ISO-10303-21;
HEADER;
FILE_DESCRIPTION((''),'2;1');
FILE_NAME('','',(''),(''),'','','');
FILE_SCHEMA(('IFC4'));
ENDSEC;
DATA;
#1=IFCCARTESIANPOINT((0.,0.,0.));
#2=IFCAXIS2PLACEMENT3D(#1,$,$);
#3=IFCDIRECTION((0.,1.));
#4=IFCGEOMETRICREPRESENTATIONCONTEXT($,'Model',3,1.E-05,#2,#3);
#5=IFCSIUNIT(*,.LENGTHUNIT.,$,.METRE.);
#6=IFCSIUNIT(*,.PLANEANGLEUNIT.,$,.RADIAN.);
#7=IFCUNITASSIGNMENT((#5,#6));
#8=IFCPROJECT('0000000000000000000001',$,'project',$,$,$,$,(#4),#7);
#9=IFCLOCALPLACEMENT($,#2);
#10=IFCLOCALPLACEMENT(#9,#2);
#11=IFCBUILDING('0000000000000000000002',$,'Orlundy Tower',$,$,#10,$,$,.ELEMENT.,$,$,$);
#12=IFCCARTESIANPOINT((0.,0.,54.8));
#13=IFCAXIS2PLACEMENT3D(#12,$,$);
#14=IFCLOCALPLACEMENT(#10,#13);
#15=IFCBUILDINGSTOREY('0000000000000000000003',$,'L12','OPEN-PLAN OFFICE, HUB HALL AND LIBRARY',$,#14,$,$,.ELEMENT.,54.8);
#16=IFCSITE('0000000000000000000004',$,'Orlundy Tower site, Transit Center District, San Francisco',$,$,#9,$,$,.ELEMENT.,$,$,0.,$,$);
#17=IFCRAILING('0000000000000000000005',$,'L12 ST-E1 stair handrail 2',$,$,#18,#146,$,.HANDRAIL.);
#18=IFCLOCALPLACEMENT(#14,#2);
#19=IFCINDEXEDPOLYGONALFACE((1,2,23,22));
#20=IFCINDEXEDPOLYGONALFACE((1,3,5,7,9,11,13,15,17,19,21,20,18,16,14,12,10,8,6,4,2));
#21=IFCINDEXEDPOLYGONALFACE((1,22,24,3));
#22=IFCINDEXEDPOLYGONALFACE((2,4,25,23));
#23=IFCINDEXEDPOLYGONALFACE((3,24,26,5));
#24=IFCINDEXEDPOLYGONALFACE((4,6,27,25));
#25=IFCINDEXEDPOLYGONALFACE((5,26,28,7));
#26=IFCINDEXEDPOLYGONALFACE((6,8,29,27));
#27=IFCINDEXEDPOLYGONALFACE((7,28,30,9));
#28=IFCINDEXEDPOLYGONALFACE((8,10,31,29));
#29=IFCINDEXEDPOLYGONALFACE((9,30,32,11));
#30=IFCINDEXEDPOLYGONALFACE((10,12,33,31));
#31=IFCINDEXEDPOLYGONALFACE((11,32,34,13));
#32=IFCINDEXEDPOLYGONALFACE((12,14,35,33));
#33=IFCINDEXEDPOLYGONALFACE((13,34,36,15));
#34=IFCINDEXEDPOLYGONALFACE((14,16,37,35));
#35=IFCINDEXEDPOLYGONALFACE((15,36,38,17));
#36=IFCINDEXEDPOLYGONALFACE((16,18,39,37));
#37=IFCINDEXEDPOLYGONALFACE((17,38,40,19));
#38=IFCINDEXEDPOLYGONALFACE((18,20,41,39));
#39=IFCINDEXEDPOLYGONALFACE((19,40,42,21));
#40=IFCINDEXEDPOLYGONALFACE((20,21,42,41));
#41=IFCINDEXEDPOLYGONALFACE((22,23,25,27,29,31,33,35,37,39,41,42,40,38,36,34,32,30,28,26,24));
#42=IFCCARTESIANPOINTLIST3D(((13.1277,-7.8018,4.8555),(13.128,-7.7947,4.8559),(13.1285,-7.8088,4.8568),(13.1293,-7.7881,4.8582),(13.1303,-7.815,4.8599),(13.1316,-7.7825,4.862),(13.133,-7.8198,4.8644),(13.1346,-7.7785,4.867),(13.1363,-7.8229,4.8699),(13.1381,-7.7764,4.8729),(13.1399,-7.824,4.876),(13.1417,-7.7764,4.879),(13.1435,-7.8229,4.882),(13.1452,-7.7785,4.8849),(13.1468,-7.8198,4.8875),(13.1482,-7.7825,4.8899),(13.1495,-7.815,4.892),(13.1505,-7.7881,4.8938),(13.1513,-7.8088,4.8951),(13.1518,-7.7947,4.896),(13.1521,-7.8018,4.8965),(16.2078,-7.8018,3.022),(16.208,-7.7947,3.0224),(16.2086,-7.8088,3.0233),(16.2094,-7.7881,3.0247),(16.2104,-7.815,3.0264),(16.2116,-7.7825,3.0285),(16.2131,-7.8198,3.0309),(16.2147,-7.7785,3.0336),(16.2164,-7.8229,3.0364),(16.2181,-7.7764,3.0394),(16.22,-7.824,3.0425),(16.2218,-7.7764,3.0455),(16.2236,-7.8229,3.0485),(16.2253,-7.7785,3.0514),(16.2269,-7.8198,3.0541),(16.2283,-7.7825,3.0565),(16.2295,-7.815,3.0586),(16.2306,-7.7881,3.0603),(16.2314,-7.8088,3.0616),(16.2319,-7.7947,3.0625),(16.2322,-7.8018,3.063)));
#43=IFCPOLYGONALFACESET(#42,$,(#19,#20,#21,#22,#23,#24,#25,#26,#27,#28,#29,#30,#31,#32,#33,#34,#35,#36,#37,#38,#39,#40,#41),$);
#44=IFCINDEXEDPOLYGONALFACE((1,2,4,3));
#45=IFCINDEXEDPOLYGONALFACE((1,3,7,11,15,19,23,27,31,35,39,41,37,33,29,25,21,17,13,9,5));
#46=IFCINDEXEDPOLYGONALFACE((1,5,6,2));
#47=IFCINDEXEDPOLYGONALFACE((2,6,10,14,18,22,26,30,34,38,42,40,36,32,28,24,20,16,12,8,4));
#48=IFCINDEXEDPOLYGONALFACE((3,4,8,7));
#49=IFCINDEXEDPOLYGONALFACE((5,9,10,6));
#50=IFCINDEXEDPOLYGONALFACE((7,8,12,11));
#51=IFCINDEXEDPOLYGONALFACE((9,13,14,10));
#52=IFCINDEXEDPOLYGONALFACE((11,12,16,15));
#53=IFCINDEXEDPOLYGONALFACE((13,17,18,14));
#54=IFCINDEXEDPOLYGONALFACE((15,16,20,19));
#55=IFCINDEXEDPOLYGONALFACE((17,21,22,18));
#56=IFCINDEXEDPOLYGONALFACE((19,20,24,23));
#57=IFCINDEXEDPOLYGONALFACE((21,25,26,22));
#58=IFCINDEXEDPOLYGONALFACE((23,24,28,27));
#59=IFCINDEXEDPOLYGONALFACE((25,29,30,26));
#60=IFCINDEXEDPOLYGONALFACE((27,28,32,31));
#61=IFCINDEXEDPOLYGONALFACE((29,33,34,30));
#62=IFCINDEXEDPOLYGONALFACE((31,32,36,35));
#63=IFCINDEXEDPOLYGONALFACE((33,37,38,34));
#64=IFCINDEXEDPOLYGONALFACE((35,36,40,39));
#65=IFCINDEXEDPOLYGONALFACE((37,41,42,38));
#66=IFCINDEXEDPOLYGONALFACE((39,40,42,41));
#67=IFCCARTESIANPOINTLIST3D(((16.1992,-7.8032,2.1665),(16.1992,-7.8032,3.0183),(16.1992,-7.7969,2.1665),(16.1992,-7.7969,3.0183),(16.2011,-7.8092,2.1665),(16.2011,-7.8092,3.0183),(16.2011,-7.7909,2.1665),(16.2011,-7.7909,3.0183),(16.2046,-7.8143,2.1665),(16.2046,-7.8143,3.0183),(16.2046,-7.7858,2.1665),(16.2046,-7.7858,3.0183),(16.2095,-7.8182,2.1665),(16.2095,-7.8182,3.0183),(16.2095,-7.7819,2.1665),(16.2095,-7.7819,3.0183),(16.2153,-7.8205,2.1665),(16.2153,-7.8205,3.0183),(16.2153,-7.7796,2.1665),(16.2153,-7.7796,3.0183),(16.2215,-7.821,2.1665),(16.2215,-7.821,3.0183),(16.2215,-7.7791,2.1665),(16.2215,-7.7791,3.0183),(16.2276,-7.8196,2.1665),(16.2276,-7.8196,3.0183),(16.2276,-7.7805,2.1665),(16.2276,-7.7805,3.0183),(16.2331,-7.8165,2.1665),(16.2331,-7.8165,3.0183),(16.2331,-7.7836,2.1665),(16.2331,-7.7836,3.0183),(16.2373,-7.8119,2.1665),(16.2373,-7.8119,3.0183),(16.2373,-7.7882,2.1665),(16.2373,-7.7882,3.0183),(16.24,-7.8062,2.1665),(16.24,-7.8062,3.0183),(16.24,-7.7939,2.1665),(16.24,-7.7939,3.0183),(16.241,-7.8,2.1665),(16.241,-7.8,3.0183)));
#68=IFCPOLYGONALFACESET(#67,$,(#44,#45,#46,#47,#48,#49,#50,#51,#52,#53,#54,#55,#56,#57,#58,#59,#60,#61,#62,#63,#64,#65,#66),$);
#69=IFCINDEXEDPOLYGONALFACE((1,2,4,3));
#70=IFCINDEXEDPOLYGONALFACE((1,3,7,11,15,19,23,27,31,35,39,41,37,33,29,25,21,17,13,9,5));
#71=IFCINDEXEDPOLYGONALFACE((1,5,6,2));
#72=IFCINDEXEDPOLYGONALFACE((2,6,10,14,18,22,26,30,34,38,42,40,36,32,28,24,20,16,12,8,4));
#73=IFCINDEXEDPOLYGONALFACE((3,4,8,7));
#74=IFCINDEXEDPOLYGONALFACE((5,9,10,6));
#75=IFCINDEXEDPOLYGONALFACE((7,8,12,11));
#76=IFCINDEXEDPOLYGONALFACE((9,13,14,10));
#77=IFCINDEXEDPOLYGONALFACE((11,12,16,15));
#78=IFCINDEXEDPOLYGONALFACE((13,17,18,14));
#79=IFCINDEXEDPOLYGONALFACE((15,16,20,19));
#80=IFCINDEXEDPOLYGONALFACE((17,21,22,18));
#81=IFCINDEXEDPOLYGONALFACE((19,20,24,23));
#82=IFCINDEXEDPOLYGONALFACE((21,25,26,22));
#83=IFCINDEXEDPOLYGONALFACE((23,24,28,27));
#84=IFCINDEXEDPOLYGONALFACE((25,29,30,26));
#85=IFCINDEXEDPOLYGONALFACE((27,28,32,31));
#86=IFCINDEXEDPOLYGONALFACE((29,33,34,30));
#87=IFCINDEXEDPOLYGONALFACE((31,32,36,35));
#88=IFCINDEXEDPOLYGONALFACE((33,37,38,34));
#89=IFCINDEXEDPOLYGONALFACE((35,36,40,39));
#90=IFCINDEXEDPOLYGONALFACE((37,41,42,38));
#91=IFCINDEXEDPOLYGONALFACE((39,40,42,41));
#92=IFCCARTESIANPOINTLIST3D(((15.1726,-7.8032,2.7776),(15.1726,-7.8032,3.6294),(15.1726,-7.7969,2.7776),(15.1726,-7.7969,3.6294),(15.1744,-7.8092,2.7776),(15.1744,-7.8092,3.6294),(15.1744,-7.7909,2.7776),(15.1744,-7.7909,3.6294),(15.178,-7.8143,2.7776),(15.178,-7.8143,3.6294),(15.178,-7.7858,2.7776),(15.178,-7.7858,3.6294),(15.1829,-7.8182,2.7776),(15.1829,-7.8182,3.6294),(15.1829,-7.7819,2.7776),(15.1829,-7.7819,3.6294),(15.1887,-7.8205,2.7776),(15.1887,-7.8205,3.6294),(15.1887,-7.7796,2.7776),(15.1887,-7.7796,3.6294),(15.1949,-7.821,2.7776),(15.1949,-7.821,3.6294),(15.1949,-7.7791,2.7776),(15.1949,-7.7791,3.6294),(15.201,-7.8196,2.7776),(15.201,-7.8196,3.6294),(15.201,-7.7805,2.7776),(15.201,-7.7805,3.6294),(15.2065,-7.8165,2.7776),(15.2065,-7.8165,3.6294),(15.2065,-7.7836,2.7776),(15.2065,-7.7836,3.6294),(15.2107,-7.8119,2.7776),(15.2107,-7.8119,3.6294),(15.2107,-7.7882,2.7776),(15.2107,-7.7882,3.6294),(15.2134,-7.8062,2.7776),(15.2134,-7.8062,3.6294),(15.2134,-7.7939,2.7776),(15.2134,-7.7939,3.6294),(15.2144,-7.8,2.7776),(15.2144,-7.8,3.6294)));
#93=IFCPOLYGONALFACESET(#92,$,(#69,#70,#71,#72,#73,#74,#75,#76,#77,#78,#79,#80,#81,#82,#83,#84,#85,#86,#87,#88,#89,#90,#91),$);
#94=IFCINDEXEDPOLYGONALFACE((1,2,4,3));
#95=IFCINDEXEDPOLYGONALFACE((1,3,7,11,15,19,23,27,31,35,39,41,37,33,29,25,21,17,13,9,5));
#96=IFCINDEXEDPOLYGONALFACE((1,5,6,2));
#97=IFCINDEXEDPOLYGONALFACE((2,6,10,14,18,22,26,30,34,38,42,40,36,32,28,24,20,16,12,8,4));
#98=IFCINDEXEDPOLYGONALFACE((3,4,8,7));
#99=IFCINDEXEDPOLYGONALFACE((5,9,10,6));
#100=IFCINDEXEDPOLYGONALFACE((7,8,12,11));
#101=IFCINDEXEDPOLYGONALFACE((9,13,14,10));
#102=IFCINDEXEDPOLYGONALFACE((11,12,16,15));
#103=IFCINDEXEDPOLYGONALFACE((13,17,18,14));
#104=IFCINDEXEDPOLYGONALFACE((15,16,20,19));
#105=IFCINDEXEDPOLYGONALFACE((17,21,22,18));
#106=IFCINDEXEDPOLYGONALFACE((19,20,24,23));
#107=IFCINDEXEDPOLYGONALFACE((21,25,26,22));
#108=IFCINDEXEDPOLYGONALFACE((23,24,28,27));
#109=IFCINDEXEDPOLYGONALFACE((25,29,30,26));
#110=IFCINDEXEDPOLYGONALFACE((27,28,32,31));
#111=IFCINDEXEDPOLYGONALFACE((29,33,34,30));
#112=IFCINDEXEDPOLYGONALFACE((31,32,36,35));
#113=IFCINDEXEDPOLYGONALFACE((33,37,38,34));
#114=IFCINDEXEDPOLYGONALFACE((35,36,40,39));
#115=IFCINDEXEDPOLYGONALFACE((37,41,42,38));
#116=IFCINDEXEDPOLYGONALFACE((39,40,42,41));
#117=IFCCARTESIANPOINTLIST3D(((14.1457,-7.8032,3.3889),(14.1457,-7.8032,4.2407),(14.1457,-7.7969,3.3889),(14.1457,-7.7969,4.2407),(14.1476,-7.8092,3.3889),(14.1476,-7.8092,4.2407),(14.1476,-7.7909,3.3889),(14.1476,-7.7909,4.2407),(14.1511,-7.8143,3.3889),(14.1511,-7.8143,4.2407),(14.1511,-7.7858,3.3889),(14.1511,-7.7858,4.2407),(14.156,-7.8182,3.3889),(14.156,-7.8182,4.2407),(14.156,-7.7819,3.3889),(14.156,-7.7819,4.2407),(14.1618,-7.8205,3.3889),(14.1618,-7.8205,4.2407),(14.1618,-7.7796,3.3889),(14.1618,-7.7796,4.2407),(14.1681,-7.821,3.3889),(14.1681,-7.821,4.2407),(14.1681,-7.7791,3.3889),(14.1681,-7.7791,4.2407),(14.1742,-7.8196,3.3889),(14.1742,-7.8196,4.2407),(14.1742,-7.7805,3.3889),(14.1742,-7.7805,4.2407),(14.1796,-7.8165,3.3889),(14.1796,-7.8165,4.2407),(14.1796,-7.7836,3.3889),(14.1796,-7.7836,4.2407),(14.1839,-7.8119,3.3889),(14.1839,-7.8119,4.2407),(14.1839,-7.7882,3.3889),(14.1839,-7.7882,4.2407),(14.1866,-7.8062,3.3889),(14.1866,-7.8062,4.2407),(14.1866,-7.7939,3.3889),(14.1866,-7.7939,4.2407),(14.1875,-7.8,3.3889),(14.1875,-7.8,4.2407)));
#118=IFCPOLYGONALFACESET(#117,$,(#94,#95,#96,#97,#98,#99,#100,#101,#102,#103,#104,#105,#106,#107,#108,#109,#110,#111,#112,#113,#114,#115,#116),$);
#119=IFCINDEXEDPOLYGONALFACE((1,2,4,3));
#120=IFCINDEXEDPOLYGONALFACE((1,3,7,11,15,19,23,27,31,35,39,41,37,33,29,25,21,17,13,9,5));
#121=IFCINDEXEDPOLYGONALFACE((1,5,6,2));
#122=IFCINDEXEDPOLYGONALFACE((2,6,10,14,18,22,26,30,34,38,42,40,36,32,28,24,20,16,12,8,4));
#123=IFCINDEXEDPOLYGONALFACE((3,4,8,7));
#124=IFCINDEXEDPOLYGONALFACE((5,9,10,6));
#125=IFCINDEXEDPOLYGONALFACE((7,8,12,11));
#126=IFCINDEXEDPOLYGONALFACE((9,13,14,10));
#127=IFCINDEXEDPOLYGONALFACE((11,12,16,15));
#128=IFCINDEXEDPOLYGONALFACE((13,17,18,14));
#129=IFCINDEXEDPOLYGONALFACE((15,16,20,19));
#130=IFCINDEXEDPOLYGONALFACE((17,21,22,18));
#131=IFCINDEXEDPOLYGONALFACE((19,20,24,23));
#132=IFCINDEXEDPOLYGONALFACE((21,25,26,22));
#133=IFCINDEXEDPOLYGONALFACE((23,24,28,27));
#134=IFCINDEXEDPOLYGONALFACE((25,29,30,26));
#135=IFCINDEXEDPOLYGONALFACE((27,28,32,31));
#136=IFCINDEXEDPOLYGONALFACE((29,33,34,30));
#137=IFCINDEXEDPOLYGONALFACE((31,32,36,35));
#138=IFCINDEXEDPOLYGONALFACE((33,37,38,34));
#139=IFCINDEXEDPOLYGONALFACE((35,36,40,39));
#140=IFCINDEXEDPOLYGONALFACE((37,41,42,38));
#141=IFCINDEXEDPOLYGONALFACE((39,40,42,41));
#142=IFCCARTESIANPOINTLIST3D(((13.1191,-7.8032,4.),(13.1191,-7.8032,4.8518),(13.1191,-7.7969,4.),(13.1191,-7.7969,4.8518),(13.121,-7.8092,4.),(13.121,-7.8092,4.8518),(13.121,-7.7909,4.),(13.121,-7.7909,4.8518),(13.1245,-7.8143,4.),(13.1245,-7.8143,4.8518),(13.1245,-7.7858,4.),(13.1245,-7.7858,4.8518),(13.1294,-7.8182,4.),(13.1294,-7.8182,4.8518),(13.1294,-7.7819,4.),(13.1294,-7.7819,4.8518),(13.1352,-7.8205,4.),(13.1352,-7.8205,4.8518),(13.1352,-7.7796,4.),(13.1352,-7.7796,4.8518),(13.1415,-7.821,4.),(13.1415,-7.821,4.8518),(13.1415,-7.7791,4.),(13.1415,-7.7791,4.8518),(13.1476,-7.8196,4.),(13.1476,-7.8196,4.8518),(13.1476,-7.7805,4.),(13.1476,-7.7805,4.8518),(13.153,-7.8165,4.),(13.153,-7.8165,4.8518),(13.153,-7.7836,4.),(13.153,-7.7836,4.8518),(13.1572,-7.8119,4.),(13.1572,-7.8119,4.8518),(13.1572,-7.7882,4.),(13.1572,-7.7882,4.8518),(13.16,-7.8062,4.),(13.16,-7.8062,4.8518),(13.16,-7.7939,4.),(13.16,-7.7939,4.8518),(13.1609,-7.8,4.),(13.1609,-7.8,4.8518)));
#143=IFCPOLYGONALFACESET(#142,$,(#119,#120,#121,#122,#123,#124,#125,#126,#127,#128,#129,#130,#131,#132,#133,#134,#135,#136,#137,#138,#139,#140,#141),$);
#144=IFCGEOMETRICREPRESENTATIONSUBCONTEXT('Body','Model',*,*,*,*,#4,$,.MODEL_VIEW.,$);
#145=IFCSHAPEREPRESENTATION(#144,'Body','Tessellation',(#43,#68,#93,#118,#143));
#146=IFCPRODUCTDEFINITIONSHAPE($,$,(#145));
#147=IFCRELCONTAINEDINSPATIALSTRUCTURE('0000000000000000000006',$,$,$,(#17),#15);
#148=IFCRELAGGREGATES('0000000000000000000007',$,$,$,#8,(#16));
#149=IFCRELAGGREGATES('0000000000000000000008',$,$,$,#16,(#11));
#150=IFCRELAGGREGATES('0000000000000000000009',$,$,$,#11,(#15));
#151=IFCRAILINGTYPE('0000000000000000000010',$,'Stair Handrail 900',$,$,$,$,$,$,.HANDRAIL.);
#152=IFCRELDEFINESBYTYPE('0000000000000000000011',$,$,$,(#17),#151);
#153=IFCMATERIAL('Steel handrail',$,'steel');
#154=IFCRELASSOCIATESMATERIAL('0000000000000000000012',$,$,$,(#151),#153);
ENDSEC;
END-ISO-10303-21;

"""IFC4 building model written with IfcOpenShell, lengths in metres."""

from ifc_helpers import new_model, si_unit, direction, frame, origin, origin_2d, place, context, subcontext, project, spatial, circle, extrude, material, type_object, element, save


model = new_model("IFC4")

# Units and contexts
model_context = context("Model", 3, precision=1e-05, world=origin(), true_north=direction((0.0, 1.0)))
body_context = subcontext(model_context, "Body", "Model", "MODEL_VIEW")
ifc_project = project(units=[si_unit("LENGTHUNIT", "METRE"), si_unit("PLANEANGLEUNIT", "RADIAN")], contexts=[model_context])

# Site, building, storey
site_placement = place(None, origin())
site = spatial("IfcSite", under=ifc_project, at=site_placement, Name="Orlundy Tower site, Transit Center District, San Francisco", CompositionType="ELEMENT", RefElevation=0.0)
building_placement = place(site_placement, origin())
building = spatial("IfcBuilding", under=site, at=building_placement, Name="Orlundy Tower", CompositionType="ELEMENT")
storey_placement = place(building_placement, frame((0.0, 0.0, 54.8)))
storey = spatial("IfcBuildingStorey", under=building, at=storey_placement, Name="L12", Description="OPEN-PLAN OFFICE, HUB HALL AND LIBRARY", CompositionType="ELEMENT", Elevation=54.8)

# Railing
ifc_material_1 = material(Name="Steel handrail", Category="steel")
railing_type_1 = type_object("IfcRailingType", Name="Stair Handrail 900", PredefinedType="HANDRAIL", material=ifc_material_1)
railing_1_placement = place(storey_placement, frame((16.22, -7.8, 2.1665)))
element("IfcRailing", 1, at=railing_1_placement, inside=storey, type_object=railing_type_1, Name="L12 ST-E1 stair handrail 2", PredefinedType="HANDRAIL", context=body_context, shape_type="SweptSolid", body=[
    extrude(circle(Radius=0.0239, at=origin_2d()), frame((0.0, 0.0, 0.876), z_axis=(-0.859279, 0.0, 0.511508), x_axis=(0.0, -1.0, 0.0)), (0.0, 0.0, 1.0), 3.5845),
    extrude(circle(Radius=0.021, at=origin_2d()), origin(), (0.0, 0.0, 1.0), 0.8518),
    extrude(circle(Radius=0.021, at=origin_2d()), frame((-1.0266, 0.0, 0.6111)), (0.0, 0.0, 1.0), 0.8518),
    extrude(circle(Radius=0.021, at=origin_2d()), frame((-2.0535, 0.0, 1.2224)), (0.0, 0.0, 1.0), 0.8518),
    extrude(circle(Radius=0.021, at=origin_2d()), frame((-3.0801, 0.0, 1.8335)), (0.0, 0.0, 1.0), 0.8518),
])

save(model, "model.ifc")
